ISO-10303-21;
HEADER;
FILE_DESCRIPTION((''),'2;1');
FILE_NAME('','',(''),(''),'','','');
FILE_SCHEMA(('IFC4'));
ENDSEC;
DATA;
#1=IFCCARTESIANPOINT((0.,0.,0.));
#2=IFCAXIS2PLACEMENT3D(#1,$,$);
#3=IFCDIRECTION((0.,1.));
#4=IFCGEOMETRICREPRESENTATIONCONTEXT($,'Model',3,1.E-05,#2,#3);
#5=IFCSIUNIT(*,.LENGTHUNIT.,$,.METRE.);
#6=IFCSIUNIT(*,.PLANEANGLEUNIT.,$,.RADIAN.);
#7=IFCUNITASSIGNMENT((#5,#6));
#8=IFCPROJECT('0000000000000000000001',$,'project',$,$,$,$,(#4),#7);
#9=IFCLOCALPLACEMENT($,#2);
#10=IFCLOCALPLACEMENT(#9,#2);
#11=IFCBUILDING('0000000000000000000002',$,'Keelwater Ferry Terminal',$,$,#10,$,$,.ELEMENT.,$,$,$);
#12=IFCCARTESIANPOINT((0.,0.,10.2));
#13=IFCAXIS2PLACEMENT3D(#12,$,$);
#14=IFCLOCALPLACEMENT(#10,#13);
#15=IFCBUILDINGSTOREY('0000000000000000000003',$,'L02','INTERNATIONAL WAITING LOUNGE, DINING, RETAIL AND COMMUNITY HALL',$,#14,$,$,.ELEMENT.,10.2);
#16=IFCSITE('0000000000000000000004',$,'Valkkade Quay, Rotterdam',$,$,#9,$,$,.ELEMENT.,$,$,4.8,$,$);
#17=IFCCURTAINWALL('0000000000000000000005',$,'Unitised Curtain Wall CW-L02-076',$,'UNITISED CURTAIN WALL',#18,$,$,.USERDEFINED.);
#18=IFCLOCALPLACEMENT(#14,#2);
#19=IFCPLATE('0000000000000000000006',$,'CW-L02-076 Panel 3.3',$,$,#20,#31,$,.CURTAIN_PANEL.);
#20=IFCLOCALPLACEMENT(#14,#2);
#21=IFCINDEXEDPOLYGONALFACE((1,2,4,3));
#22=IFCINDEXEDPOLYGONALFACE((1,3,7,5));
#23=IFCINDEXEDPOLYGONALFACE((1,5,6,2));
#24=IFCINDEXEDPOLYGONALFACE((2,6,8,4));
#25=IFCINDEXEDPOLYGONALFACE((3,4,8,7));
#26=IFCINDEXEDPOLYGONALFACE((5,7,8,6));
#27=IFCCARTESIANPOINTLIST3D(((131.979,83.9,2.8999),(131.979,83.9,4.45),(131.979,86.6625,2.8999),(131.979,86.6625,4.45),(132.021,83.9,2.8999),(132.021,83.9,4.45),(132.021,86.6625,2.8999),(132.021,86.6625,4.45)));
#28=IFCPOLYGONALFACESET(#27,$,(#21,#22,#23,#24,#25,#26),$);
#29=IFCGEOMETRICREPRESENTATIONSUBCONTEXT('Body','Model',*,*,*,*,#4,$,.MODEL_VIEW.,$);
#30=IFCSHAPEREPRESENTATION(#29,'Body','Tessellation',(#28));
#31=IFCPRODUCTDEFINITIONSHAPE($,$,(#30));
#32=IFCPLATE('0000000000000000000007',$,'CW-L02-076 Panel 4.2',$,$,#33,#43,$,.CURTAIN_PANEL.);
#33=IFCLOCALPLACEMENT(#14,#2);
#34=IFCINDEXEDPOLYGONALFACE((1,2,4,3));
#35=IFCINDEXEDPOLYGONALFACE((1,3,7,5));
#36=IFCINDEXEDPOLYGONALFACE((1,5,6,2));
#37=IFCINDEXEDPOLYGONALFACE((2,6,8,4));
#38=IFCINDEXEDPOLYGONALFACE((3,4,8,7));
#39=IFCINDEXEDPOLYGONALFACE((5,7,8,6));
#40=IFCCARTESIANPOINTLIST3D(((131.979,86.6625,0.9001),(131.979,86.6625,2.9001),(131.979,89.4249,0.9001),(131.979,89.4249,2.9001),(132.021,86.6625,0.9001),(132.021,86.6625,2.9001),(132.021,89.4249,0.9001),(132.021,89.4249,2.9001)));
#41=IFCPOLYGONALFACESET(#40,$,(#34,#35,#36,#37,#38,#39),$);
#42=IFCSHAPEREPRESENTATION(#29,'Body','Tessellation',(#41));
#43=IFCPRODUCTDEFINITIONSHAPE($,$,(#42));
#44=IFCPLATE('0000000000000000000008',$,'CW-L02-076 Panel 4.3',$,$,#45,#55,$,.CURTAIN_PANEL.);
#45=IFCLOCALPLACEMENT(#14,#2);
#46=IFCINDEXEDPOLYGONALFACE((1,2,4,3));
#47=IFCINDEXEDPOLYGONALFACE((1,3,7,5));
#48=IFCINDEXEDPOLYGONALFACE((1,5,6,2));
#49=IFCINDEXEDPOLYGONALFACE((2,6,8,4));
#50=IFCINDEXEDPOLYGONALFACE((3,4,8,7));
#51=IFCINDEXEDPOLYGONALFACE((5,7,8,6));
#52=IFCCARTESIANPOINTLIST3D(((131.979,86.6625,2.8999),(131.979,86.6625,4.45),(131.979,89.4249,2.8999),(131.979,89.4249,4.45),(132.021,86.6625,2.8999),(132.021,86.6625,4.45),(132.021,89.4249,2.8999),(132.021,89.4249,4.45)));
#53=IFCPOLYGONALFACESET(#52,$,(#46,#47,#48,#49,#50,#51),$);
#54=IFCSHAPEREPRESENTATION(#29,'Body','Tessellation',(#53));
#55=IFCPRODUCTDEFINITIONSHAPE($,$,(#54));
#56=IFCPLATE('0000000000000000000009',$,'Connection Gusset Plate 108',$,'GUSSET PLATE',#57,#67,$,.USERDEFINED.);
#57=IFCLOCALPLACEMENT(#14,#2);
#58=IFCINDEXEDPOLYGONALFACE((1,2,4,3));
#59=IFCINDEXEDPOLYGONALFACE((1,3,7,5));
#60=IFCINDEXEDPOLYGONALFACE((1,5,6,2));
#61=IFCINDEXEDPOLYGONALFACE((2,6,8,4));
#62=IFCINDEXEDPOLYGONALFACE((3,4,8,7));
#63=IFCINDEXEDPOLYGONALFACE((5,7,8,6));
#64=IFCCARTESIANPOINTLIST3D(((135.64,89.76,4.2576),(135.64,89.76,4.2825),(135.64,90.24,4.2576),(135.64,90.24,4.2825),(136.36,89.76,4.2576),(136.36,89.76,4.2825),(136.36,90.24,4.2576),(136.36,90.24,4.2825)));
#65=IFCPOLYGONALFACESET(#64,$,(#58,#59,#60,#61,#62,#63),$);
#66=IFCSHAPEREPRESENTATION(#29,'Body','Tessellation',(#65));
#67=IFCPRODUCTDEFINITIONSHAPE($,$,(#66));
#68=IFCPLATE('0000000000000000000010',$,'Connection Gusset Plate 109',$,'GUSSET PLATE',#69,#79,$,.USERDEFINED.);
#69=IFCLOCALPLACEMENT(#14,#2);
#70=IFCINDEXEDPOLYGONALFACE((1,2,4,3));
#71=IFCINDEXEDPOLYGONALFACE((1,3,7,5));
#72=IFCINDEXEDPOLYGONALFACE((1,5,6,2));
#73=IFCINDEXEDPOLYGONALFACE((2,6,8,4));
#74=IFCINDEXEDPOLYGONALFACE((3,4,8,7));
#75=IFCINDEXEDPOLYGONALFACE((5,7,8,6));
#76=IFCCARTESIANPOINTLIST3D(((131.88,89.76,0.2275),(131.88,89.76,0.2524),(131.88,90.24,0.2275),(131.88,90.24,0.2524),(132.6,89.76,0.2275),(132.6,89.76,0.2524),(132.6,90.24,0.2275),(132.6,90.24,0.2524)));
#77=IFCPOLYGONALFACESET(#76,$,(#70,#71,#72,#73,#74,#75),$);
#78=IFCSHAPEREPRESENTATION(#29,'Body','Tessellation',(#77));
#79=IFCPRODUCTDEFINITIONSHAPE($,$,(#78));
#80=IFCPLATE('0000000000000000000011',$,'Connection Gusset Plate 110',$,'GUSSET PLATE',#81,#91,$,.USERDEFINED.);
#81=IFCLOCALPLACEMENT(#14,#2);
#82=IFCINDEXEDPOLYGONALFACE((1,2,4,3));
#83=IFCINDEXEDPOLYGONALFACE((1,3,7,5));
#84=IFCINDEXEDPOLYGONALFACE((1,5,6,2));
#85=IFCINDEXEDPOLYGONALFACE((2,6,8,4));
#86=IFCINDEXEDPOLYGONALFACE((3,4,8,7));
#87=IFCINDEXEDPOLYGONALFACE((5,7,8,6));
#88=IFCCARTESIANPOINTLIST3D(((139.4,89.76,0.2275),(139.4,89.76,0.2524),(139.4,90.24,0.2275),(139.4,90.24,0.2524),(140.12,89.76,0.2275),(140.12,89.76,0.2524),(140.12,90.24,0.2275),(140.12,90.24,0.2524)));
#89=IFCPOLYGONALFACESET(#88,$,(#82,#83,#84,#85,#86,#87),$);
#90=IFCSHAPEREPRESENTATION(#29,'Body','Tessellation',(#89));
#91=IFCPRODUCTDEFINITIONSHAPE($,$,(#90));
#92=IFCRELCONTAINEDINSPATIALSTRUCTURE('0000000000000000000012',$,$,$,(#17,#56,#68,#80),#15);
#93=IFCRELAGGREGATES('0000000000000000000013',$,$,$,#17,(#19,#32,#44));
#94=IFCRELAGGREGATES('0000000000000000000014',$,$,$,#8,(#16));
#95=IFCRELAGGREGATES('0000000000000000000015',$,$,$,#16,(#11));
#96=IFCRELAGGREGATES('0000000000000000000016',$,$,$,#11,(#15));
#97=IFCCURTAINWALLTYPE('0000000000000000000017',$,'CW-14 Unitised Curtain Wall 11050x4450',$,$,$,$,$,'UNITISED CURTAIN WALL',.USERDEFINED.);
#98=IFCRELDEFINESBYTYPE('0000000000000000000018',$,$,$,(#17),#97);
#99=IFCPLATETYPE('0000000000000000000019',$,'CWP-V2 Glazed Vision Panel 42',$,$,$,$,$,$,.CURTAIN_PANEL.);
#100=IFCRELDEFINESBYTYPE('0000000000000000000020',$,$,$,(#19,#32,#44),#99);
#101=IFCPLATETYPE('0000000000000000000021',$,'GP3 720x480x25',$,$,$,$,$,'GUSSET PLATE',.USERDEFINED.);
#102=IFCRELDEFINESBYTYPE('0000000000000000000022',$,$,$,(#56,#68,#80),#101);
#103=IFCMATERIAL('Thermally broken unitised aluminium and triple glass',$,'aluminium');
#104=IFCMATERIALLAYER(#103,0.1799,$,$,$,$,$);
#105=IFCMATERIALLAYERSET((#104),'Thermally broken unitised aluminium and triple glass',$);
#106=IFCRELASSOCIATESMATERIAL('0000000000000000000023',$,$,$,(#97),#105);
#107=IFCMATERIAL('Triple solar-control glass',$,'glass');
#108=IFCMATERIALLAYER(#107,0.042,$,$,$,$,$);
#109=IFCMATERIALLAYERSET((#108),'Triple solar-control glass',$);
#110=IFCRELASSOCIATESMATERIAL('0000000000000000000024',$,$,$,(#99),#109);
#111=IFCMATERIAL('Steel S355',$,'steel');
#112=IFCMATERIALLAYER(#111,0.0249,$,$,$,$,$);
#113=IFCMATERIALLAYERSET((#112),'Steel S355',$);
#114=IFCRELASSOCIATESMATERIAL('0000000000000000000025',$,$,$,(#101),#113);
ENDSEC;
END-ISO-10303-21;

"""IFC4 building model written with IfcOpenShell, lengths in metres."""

from ifc_helpers import new_model, si_unit, direction, frame, origin, origin_2d, place, context, subcontext, project, spatial, rectangle, extrude, material, layer, layer_set, type_object, element, aggregate, save


model = new_model("IFC4")

# Units and contexts
model_context = context("Model", 3, precision=1e-05, world=origin(), true_north=direction((0.0, 1.0)))
body_context = subcontext(model_context, "Body", "Model", "MODEL_VIEW")
ifc_project = project(units=[si_unit("LENGTHUNIT", "METRE"), si_unit("PLANEANGLEUNIT", "RADIAN")], contexts=[model_context])

# Site, building, storey
site_placement = place(None, origin())
site = spatial("IfcSite", under=ifc_project, at=site_placement, Name="Valkkade Quay, Rotterdam", CompositionType="ELEMENT", RefElevation=4.8)
building_placement = place(site_placement, origin())
building = spatial("IfcBuilding", under=site, at=building_placement, Name="Keelwater Ferry Terminal", CompositionType="ELEMENT")
storey_placement = place(building_placement, frame((0.0, 0.0, 10.2)))
storey = spatial("IfcBuildingStorey", under=building, at=storey_placement, Name="L02", Description="INTERNATIONAL WAITING LOUNGE, DINING, RETAIL AND COMMUNITY HALL", CompositionType="ELEMENT", Elevation=10.2)

# Curtain wall
ifc_material_1 = material(Name="Thermally broken unitised aluminium and triple glass", Category="aluminium")
ifc_layer_1 = layer(ifc_material_1, 0.1799)
ifc_layer_set_1 = layer_set([ifc_layer_1], Name="Thermally broken unitised aluminium and triple glass")
curtain_wall_type = type_object("IfcCurtainWallType", Name="CW-14 Unitised Curtain Wall 11050x4450", ElementType="UNITISED CURTAIN WALL", PredefinedType="USERDEFINED", material=ifc_layer_set_1)
curtain_wall_placement = place(storey_placement, origin())
curtain_wall = element("IfcCurtainWall", 1, at=curtain_wall_placement, inside=storey, type_object=curtain_wall_type, Name="Unitised Curtain Wall CW-L02-076", ObjectType="UNITISED CURTAIN WALL", PredefinedType="USERDEFINED")

# Plates
ifc_material_2 = material(Name="Triple solar-control glass", Category="glass")
ifc_layer_2 = layer(ifc_material_2, 0.042)
ifc_layer_set_2 = layer_set([ifc_layer_2], Name="Triple solar-control glass")
plate_type_1 = type_object("IfcPlateType", Name="CWP-V2 Glazed Vision Panel 42", PredefinedType="CURTAIN_PANEL", material=ifc_layer_set_2)
plate_1_placement = place(storey_placement, frame((132.0, 85.2812, 2.8999), z_axis=(0.0, 0.0, 1.0), x_axis=(0.0, 1.0, 0.0)))
plate_1 = element("IfcPlate", 2, at=plate_1_placement, type_object=plate_type_1, Name="CW-L02-076 Panel 3.3", PredefinedType="CURTAIN_PANEL", context=body_context, shape_type="SweptSolid", body=[
    extrude(rectangle(XDim=2.7625, YDim=0.042, at=origin_2d()), origin(), (0.0, 0.0, 1.0), 1.55),
])
plate_2_placement = place(storey_placement, frame((132.0, 88.0437, 0.9001), z_axis=(0.0, 0.0, 1.0), x_axis=(0.0, 1.0, 0.0)))
plate_2 = element("IfcPlate", 3, at=plate_2_placement, type_object=plate_type_1, Name="CW-L02-076 Panel 4.2", PredefinedType="CURTAIN_PANEL", context=body_context, shape_type="SweptSolid", body=[
    extrude(rectangle(XDim=2.7625, YDim=0.042, at=origin_2d()), origin(), (0.0, 0.0, 1.0), 2.0),
])
plate_3_placement = place(storey_placement, frame((132.0, 88.0437, 2.8999), z_axis=(0.0, 0.0, 1.0), x_axis=(0.0, 1.0, 0.0)))
plate_3 = element("IfcPlate", 4, at=plate_3_placement, type_object=plate_type_1, Name="CW-L02-076 Panel 4.3", PredefinedType="CURTAIN_PANEL", context=body_context, shape_type="SweptSolid", body=[
    extrude(rectangle(XDim=2.7625, YDim=0.042, at=origin_2d()), origin(), (0.0, 0.0, 1.0), 1.55),
])
aggregate(curtain_wall, [plate_1, plate_2, plate_3])

# Plates
ifc_material_3 = material(Name="Steel S355", Category="steel")
ifc_layer_3 = layer(ifc_material_3, 0.0249)
ifc_layer_set_3 = layer_set([ifc_layer_3], Name="Steel S355")
plate_type_2 = type_object("IfcPlateType", Name="GP3 720x480x25", ElementType="GUSSET PLATE", PredefinedType="USERDEFINED", material=ifc_layer_set_3)
for number, where, z_axis, x_axis, name in (
    (5, (136.0, 90.0, 4.2576), (0.0, 0.0, 1.0), (1.0, 0.0, 0.0), "Connection Gusset Plate 108"),
    (6, (132.24, 90.0, 0.2275), (0.0, 0.0, 1.0), (1.0, 0.0, 0.0), "Connection Gusset Plate 109"),
    (7, (139.76, 90.0, 0.2275), (0.0, 0.0, 1.0), (1.0, 0.0, 0.0), "Connection Gusset Plate 110"),
):
    element("IfcPlate", number, at=place(storey_placement, frame(where, z_axis=z_axis, x_axis=x_axis)), inside=storey, type_object=plate_type_2, Name=name, ObjectType="GUSSET PLATE", PredefinedType="USERDEFINED", context=body_context, shape_type="SweptSolid", body=[
        extrude(rectangle(XDim=0.72, YDim=0.48, at=origin_2d()), origin(), (0.0, 0.0, 1.0), 0.0249),
    ])

save(model, "model.ifc")
